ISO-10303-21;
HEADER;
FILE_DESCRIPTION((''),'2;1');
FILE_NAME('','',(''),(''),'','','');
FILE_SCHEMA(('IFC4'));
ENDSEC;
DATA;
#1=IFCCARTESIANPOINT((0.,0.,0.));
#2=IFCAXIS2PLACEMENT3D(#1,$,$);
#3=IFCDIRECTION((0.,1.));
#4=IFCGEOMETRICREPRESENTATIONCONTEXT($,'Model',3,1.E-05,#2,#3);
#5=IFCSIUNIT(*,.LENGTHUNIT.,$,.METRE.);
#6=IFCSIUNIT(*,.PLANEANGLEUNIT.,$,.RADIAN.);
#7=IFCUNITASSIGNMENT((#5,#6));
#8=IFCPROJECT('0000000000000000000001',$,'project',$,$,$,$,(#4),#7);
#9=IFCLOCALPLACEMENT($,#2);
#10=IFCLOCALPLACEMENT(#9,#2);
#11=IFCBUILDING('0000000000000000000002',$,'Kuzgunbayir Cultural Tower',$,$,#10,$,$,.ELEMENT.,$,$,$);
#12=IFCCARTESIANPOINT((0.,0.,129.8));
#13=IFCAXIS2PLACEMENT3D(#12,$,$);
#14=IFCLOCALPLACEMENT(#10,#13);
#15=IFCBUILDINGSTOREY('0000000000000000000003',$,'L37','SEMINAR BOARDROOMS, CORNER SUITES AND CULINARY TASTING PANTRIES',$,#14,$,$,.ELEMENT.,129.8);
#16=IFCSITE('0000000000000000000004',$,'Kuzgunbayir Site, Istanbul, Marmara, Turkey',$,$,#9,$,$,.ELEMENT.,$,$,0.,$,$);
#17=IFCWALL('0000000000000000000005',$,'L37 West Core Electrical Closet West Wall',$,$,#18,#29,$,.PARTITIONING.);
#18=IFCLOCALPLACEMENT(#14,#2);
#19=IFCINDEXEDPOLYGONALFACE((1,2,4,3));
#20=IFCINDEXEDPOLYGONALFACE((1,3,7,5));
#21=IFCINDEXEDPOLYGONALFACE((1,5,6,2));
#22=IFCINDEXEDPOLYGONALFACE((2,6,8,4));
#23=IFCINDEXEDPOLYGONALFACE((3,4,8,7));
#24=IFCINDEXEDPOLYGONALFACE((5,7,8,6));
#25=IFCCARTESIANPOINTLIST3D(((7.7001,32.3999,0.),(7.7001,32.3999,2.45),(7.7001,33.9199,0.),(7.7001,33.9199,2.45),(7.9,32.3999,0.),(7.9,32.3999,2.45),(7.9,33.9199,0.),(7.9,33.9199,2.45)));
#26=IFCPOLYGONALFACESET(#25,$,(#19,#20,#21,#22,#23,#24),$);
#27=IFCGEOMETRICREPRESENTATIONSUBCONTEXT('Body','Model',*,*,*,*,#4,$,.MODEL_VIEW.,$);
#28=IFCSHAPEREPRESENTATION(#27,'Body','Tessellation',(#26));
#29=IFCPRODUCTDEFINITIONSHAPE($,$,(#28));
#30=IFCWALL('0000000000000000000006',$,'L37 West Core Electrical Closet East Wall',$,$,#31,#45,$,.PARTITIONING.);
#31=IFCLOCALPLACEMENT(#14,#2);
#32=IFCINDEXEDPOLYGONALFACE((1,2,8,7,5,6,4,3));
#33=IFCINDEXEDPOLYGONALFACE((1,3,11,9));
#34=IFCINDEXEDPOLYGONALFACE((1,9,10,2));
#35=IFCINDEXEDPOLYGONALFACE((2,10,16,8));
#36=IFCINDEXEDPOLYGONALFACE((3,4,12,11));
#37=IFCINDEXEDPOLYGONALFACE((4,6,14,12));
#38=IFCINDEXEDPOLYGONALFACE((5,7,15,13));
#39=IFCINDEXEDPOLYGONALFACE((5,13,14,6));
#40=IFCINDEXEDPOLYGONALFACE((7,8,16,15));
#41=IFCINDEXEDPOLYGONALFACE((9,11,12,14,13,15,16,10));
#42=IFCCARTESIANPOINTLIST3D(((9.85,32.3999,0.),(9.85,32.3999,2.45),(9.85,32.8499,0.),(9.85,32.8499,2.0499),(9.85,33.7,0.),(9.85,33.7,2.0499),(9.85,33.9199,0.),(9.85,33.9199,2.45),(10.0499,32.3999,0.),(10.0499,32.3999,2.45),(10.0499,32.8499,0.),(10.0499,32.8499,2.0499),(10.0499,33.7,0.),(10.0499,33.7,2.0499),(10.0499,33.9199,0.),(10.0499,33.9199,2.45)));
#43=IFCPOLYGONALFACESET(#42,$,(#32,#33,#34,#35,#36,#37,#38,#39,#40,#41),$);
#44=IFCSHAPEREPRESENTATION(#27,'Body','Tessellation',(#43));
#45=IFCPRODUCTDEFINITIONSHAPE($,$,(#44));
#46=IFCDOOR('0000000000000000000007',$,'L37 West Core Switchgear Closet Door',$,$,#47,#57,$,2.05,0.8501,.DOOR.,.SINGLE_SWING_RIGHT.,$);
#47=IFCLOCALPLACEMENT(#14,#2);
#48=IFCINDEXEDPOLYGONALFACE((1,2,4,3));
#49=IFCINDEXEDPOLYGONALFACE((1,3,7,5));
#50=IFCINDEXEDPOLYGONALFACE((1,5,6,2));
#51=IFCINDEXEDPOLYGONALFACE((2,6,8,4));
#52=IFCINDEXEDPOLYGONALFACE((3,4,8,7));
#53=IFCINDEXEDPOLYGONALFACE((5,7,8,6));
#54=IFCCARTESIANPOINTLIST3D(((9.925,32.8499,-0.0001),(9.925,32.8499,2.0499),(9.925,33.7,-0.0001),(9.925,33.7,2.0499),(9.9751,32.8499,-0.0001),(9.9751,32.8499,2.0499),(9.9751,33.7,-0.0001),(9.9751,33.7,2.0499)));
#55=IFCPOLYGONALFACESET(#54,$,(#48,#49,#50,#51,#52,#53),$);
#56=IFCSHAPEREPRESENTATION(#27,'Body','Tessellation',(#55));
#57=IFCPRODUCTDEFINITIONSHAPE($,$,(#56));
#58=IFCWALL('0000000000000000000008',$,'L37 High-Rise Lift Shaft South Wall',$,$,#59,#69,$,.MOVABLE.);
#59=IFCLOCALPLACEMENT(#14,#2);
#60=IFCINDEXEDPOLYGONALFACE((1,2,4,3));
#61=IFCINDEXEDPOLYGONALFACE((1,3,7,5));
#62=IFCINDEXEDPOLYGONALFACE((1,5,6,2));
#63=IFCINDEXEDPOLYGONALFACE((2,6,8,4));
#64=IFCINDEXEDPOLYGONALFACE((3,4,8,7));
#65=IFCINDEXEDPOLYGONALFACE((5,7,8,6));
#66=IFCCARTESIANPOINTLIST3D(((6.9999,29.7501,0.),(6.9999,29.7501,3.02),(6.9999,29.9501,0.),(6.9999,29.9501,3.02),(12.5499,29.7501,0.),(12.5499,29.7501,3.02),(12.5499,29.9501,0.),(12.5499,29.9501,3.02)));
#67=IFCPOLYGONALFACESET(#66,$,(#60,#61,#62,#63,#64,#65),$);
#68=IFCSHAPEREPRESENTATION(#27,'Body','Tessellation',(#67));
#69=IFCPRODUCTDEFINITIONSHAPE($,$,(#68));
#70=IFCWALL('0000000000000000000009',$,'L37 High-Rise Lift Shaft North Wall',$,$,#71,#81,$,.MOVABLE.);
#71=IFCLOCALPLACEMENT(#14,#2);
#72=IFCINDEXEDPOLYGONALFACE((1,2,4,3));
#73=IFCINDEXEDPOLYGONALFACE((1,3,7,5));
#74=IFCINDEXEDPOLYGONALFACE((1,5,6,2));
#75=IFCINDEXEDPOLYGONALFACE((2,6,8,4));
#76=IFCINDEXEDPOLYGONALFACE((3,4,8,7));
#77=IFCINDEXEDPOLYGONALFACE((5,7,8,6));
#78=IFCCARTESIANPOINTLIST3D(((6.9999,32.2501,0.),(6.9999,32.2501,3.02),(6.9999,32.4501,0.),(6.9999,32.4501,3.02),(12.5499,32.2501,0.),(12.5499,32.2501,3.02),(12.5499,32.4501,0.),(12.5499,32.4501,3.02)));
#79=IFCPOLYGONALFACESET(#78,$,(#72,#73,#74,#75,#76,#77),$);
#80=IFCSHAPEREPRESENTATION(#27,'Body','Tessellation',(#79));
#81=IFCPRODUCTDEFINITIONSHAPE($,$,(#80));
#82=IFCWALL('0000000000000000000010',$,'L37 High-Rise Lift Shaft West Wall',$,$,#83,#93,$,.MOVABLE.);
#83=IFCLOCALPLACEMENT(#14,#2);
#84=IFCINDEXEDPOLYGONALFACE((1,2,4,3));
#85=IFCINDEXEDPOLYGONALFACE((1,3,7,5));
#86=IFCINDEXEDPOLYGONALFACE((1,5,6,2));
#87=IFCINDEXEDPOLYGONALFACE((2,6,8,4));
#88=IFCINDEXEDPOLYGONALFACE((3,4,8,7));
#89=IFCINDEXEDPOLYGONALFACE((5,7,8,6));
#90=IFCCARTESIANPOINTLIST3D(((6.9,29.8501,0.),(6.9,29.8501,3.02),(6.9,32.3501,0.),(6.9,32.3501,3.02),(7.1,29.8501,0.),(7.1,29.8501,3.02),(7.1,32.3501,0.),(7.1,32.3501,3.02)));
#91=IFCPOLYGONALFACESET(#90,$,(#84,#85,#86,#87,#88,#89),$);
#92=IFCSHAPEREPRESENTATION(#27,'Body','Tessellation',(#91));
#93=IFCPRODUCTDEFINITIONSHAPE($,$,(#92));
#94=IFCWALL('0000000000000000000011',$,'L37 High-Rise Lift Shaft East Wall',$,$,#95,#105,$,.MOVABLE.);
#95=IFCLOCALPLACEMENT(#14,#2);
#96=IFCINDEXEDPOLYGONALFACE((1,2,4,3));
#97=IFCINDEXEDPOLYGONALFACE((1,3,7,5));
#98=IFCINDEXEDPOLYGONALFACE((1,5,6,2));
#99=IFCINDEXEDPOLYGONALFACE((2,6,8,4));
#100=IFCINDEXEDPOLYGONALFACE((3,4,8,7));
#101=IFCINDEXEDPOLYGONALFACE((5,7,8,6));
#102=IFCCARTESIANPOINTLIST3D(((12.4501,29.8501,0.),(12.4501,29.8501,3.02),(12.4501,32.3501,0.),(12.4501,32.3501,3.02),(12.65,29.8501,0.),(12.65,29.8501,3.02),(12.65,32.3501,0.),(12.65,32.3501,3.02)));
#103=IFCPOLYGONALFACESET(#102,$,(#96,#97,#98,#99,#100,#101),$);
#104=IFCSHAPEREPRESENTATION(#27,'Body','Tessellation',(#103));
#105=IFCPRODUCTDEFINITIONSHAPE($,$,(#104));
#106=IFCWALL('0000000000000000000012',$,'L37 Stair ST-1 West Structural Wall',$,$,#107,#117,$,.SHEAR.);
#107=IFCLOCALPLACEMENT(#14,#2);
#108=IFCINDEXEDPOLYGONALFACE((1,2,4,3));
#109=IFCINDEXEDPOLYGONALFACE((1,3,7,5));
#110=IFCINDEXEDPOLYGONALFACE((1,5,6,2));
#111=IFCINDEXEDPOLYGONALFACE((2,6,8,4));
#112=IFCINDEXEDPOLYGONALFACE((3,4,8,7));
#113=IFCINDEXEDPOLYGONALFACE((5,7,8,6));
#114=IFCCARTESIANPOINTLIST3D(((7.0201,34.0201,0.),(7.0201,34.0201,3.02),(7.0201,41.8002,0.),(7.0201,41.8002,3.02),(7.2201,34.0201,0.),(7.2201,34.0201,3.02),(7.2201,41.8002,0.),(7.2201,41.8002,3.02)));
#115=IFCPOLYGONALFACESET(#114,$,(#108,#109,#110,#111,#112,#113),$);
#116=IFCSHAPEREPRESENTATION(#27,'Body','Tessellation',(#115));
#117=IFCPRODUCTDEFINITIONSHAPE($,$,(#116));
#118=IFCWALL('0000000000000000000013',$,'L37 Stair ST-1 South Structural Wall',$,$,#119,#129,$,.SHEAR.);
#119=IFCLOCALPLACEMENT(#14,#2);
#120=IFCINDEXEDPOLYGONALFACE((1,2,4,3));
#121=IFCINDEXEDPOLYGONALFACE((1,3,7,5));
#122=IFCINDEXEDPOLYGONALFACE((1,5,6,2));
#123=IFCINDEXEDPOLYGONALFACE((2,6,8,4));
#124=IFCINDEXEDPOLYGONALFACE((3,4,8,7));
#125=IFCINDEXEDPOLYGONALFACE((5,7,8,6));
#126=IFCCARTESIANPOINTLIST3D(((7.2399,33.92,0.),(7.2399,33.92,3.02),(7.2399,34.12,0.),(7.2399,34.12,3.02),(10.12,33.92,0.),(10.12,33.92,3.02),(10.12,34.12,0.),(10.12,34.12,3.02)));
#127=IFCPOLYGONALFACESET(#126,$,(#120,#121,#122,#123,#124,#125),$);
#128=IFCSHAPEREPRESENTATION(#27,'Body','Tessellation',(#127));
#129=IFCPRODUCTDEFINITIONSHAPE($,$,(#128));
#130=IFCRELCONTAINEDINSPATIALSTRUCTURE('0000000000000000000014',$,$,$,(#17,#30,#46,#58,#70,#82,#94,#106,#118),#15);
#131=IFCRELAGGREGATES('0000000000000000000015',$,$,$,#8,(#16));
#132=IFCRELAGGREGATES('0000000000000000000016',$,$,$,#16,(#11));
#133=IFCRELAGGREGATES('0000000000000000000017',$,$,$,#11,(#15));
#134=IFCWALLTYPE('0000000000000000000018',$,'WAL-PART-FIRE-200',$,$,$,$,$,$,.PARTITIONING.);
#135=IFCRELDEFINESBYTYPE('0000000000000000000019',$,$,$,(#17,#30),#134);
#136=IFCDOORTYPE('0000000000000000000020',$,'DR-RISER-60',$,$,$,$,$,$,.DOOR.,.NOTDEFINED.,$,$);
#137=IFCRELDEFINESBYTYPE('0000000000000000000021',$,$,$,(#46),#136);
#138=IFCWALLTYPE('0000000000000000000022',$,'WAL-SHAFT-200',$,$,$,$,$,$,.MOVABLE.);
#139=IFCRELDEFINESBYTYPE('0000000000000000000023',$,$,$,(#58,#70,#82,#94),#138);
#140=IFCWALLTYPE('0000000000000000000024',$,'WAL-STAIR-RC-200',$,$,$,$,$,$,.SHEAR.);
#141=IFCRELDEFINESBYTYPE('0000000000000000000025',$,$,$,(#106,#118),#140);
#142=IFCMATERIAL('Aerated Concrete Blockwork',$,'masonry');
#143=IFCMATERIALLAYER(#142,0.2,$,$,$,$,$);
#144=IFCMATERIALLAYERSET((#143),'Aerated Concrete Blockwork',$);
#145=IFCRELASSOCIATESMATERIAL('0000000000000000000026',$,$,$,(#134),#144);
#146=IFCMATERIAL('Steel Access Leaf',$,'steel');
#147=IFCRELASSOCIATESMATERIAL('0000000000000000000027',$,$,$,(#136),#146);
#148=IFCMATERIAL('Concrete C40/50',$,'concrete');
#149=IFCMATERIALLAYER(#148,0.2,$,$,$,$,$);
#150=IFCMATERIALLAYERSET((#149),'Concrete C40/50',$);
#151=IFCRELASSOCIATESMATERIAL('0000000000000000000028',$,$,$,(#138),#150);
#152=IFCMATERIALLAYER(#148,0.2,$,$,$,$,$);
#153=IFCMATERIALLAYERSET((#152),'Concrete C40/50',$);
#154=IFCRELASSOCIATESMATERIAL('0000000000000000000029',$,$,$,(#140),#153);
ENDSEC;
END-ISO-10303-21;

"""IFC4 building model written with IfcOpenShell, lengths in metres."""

from ifc_helpers import new_model, si_unit, direction, frame, frame_2d, origin, place, context, subcontext, project, spatial, rectangle, extrude, material, layer, layer_set, type_object, element, fill, save


model = new_model("IFC4")

# Units and contexts
model_context = context("Model", 3, precision=1e-05, world=origin(), true_north=direction((0.0, 1.0)))
body_context = subcontext(model_context, "Body", "Model", "MODEL_VIEW")
ifc_project = project(units=[si_unit("LENGTHUNIT", "METRE"), si_unit("PLANEANGLEUNIT", "RADIAN")], contexts=[model_context])

# Site, building, storey
site_placement = place(None, origin())
site = spatial("IfcSite", under=ifc_project, at=site_placement, Name="Kuzgunbayir Site, Istanbul, Marmara, Turkey", CompositionType="ELEMENT", RefElevation=0.0)
building_placement = place(site_placement, origin())
building = spatial("IfcBuilding", under=site, at=building_placement, Name="Kuzgunbayir Cultural Tower", CompositionType="ELEMENT")
storey_placement = place(building_placement, frame((0.0, 0.0, 129.8)))
storey = spatial("IfcBuildingStorey", under=building, at=storey_placement, Name="L37", Description="SEMINAR BOARDROOMS, CORNER SUITES AND CULINARY TASTING PANTRIES", CompositionType="ELEMENT", Elevation=129.8)

# Shared definitions
ifc_material_1 = material(Name="Aerated Concrete Blockwork", Category="masonry")
ifc_layer_1 = layer(ifc_material_1, 0.2)
ifc_layer_set_1 = layer_set([ifc_layer_1], Name="Aerated Concrete Blockwork")
wall_type_1 = type_object("IfcWallType", Name="WAL-PART-FIRE-200", PredefinedType="PARTITIONING", material=ifc_layer_set_1)

# Shared definitions
ifc_material_2 = material(Name="Steel Access Leaf", Category="steel")
door_type_1 = type_object("IfcDoorType", Name="DR-RISER-60", OperationType="NOTDEFINED", PredefinedType="DOOR", material=ifc_material_2)

# Wall
wall_1_placement = place(storey_placement, frame((7.8, 32.3999, 0.0), z_axis=(0.0, 0.0, 1.0), x_axis=(0.0, 1.0, 0.0)))
element("IfcWall", 1, at=wall_1_placement, inside=storey, type_object=wall_type_1, Name="L37 West Core Electrical Closet West Wall", PredefinedType="PARTITIONING", context=body_context, shape_type="SweptSolid", body=[
    extrude(rectangle(XDim=1.52, YDim=0.2, at=frame_2d((0.76, 0.0))), origin(), (0.0, 0.0, 1.0), 2.45),
])

# Wall, opening, door
wall_2_placement = place(storey_placement, frame((9.95, 32.3999, 0.0), z_axis=(0.0, 0.0, 1.0), x_axis=(0.0, 1.0, 0.0)))
wall_2 = element("IfcWall", 2, at=wall_2_placement, inside=storey, type_object=wall_type_1, Name="L37 West Core Electrical Closet East Wall", PredefinedType="PARTITIONING", context=body_context, shape_type="SweptSolid", body=[
    extrude(rectangle(XDim=1.52, YDim=0.2, at=frame_2d((0.76, 0.0))), origin(), (0.0, 0.0, 1.0), 2.45),
])
opening_1_placement = place(wall_2_placement, frame((0.45, 0.0, 0.0)))
opening_1 = element("IfcOpeningElement", 3, at=opening_1_placement, cuts=wall_2, PredefinedType="OPENING", context=body_context, shape_type="SweptSolid", body=[
    extrude(rectangle(XDim=0.8501, YDim=2.05, at=frame_2d((0.425, 1.0249))), frame((0.0, 0.1099, 0.0), z_axis=(0.0, -1.0, 0.0), x_axis=(1.0, 0.0, 0.0)), (0.0, 0.0, 1.0), 0.22),
])
door_1_placement = place(opening_1_placement, origin())
door_1 = element("IfcDoor", 4, at=door_1_placement, inside=storey, type_object=door_type_1, Name="L37 West Core Switchgear Closet Door", OperationType="SINGLE_SWING_RIGHT", OverallHeight=2.05, OverallWidth=0.8501, PredefinedType="DOOR", context=body_context, shape_type="SweptSolid", body=[
    extrude(rectangle(XDim=0.8501, YDim=2.05, at=frame_2d((0.425, 1.0249))), frame((0.0, 0.0249, 0.0), z_axis=(0.0, -1.0, 0.0), x_axis=(1.0, 0.0, 0.0)), (0.0, 0.0, 1.0), 0.05),
])
fill(opening_1, door_1)

# Walls
ifc_material_3 = material(Name="Concrete C40/50", Category="concrete")
ifc_layer_2 = layer(ifc_material_3, 0.2)
ifc_layer_set_2 = layer_set([ifc_layer_2], Name="Concrete C40/50")
wall_type_2 = type_object("IfcWallType", Name="WAL-SHAFT-200", PredefinedType="MOVABLE", material=ifc_layer_set_2)
for number, where, z_axis, x_axis, name in (
    (5, (7.0, 29.8501, 0.0), (0.0, 0.0, 1.0), (1.0, 0.0, 0.0), "L37 High-Rise Lift Shaft South Wall"),
    (6, (7.0, 32.3501, 0.0), (0.0, 0.0, 1.0), (1.0, 0.0, 0.0), "L37 High-Rise Lift Shaft North Wall"),
):
    element("IfcWall", number, at=place(storey_placement, frame(where, z_axis=z_axis, x_axis=x_axis)), inside=storey, type_object=wall_type_2, Name=name, PredefinedType="MOVABLE", context=body_context, shape_type="SweptSolid", body=[
        extrude(rectangle(XDim=5.55, YDim=0.2, at=frame_2d((2.7749, 0.0))), origin(), (0.0, 0.0, 1.0), 3.02),
    ])
for number, where, z_axis, x_axis, name in (
    (7, (7.0, 29.8501, 0.0), (0.0, 0.0, 1.0), (0.0, 1.0, 0.0), "L37 High-Rise Lift Shaft West Wall"),
    (8, (12.55, 29.8501, 0.0), (0.0, 0.0, 1.0), (0.0, 1.0, 0.0), "L37 High-Rise Lift Shaft East Wall"),
):
    element("IfcWall", number, at=place(storey_placement, frame(where, z_axis=z_axis, x_axis=x_axis)), inside=storey, type_object=wall_type_2, Name=name, PredefinedType="MOVABLE", context=body_context, shape_type="SweptSolid", body=[
        extrude(rectangle(XDim=2.5, YDim=0.2, at=frame_2d((1.25, 0.0))), origin(), (0.0, 0.0, 1.0), 3.02),
    ])
ifc_layer_3 = layer(ifc_material_3, 0.2)
ifc_layer_set_3 = layer_set([ifc_layer_3], Name="Concrete C40/50")
wall_type_3 = type_object("IfcWallType", Name="WAL-STAIR-RC-200", PredefinedType="SHEAR", material=ifc_layer_set_3)
wall_3_placement = place(storey_placement, frame((7.1201, 34.02, 0.0), z_axis=(0.0, 0.0, 1.0), x_axis=(0.0, 1.0, 0.0)))
element("IfcWall", 9, at=wall_3_placement, inside=storey, type_object=wall_type_3, Name="L37 Stair ST-1 West Structural Wall", PredefinedType="SHEAR", context=body_context, shape_type="SweptSolid", body=[
    extrude(rectangle(XDim=7.78, YDim=0.2, at=frame_2d((3.8901, 0.0))), origin(), (0.0, 0.0, 1.0), 3.02),
])
wall_4_placement = place(storey_placement, frame((7.24, 34.02, 0.0), z_axis=(0.0, 0.0, 1.0), x_axis=(1.0, 0.0, 0.0)))
element("IfcWall", 10, at=wall_4_placement, inside=storey, type_object=wall_type_3, Name="L37 Stair ST-1 South Structural Wall", PredefinedType="SHEAR", context=body_context, shape_type="SweptSolid", body=[
    extrude(rectangle(XDim=2.8801, YDim=0.2, at=frame_2d((1.4399, 0.0))), origin(), (0.0, 0.0, 1.0), 3.02),
])

save(model, "model.ifc")
